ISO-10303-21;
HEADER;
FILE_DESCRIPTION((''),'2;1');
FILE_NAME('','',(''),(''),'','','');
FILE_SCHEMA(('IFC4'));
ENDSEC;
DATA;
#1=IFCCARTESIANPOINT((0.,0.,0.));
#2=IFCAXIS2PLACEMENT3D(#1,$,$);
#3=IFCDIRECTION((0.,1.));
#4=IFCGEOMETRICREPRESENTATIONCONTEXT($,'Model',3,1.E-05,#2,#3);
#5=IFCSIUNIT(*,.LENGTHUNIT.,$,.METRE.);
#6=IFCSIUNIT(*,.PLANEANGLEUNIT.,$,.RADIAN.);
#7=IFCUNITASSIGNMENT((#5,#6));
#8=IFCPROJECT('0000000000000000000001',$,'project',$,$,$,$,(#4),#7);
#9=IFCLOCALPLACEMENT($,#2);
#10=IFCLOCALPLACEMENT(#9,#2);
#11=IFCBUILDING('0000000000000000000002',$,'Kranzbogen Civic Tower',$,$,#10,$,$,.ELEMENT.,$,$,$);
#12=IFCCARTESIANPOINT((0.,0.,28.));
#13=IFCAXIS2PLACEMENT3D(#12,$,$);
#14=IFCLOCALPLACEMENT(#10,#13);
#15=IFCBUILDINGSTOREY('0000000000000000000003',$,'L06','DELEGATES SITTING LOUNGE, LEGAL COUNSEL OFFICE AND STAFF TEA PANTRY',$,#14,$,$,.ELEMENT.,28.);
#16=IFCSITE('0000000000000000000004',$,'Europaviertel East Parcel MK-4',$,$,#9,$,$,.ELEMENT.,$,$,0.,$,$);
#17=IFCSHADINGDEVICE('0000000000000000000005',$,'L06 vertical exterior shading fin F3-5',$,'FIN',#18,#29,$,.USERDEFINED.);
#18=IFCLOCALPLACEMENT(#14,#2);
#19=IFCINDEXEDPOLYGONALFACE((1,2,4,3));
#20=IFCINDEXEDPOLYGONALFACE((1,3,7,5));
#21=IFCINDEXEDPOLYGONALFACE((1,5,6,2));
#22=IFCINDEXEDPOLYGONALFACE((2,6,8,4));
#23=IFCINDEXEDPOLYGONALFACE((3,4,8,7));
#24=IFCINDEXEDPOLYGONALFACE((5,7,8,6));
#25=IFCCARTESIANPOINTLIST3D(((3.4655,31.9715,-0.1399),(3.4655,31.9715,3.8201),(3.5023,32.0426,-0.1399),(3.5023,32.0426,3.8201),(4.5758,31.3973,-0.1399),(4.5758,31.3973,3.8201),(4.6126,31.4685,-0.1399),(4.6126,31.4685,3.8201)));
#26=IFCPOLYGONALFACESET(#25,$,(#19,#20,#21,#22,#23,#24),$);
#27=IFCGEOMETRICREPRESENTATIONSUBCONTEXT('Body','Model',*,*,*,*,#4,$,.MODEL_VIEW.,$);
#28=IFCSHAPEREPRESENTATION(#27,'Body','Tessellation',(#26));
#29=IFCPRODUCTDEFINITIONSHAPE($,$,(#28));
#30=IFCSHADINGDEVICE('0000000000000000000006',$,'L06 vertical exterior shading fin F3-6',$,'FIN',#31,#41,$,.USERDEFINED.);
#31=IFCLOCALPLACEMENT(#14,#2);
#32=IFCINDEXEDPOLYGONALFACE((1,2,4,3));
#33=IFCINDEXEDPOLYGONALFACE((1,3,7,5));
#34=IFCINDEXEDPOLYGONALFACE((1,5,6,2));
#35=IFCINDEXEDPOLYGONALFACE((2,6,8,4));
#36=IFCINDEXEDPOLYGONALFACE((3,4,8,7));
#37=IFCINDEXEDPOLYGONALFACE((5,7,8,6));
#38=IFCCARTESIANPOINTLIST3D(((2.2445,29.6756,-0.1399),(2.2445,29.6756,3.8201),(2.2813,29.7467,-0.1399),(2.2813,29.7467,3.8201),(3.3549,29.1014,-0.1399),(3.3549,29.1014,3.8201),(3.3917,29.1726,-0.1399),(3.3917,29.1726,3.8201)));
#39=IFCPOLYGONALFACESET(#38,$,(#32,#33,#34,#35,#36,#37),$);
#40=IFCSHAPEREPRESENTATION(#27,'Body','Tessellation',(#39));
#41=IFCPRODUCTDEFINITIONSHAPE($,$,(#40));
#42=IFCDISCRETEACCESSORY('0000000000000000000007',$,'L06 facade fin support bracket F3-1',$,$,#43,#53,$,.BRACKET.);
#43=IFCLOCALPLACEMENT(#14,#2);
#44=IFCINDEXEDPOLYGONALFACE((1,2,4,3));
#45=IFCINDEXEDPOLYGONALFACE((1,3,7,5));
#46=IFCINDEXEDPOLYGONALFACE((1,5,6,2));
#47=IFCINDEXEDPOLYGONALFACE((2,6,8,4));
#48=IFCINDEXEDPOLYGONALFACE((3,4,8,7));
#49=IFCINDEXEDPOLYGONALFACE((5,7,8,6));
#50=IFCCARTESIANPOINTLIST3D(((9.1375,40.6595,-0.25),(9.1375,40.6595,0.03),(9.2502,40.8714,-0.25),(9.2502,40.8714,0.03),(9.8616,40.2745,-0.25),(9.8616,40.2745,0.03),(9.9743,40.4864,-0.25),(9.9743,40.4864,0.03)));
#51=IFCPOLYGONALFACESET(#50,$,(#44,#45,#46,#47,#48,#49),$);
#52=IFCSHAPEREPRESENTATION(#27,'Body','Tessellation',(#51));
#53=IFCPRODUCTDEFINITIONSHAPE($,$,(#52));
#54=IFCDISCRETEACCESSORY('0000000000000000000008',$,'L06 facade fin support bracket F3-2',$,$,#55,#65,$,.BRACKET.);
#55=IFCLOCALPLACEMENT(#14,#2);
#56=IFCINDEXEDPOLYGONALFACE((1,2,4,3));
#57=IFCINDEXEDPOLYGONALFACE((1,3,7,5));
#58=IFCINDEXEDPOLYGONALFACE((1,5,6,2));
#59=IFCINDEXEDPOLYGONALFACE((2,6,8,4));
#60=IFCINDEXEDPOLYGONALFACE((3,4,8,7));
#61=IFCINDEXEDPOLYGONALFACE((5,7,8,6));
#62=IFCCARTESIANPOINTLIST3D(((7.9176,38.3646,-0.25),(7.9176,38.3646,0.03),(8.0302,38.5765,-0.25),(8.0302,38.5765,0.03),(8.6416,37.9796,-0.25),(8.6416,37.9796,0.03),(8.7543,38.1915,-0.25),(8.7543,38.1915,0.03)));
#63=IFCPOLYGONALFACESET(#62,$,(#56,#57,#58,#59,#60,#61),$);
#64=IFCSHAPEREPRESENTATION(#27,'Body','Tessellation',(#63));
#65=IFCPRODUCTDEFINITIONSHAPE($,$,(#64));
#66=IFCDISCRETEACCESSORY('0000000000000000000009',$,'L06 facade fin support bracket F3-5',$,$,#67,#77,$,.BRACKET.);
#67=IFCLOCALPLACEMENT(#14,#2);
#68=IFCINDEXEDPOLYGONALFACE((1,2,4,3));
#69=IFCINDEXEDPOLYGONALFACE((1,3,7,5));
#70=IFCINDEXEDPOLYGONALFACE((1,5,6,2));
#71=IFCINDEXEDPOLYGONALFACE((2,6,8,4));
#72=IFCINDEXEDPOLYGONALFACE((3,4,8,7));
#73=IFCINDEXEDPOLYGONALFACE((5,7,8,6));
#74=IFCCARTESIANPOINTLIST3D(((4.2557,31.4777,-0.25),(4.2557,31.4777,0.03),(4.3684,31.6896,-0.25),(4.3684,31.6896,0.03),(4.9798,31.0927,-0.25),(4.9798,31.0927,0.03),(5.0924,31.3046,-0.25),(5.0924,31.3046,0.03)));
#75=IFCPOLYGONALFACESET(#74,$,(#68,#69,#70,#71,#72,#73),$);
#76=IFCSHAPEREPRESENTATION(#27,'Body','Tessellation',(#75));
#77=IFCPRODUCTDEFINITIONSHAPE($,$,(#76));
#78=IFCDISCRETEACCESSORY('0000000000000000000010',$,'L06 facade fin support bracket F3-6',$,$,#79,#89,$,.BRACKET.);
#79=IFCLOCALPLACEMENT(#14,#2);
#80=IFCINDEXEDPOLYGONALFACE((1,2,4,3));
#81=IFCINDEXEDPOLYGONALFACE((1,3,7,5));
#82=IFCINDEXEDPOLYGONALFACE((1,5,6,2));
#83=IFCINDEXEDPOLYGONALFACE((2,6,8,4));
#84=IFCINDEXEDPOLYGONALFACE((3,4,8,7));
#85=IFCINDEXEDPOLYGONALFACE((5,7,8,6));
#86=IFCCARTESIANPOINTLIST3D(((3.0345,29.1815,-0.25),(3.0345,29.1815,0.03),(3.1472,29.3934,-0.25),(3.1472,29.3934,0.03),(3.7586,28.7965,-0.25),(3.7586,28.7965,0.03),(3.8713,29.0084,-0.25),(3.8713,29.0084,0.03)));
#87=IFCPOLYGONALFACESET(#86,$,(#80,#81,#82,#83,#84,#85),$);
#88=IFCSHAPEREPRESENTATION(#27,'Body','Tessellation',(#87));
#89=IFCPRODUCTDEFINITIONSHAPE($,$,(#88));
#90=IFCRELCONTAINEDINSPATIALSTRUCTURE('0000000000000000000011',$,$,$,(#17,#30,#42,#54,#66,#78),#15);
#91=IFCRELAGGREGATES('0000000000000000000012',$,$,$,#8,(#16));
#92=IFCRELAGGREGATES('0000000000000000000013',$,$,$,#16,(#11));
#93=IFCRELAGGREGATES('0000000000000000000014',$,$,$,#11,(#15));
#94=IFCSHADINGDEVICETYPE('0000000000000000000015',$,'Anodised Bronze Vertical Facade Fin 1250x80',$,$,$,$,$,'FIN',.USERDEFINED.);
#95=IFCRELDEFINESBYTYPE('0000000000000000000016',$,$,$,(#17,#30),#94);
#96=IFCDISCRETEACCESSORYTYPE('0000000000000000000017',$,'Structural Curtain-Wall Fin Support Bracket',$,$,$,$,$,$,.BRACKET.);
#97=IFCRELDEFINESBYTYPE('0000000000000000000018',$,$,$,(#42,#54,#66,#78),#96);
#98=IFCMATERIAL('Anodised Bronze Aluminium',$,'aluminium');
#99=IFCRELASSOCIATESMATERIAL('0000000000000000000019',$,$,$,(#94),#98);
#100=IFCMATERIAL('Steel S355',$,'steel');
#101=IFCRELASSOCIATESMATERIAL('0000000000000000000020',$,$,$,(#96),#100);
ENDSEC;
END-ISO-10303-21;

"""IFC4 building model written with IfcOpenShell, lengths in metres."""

from ifc_helpers import new_model, si_unit, direction, frame, origin, origin_2d, place, context, subcontext, project, spatial, rectangle, extrude, material, type_object, element, save


model = new_model("IFC4")

# Units and contexts
model_context = context("Model", 3, precision=1e-05, world=origin(), true_north=direction((0.0, 1.0)))
body_context = subcontext(model_context, "Body", "Model", "MODEL_VIEW")
ifc_project = project(units=[si_unit("LENGTHUNIT", "METRE"), si_unit("PLANEANGLEUNIT", "RADIAN")], contexts=[model_context])

# Site, building, storey
site_placement = place(None, origin())
site = spatial("IfcSite", under=ifc_project, at=site_placement, Name="Europaviertel East Parcel MK-4", CompositionType="ELEMENT", RefElevation=0.0)
building_placement = place(site_placement, origin())
building = spatial("IfcBuilding", under=site, at=building_placement, Name="Kranzbogen Civic Tower", CompositionType="ELEMENT")
storey_placement = place(building_placement, frame((0.0, 0.0, 28.0)))
storey = spatial("IfcBuildingStorey", under=building, at=storey_placement, Name="L06", Description="DELEGATES SITTING LOUNGE, LEGAL COUNSEL OFFICE AND STAFF TEA PANTRY", CompositionType="ELEMENT", Elevation=28.0)

# Shared definitions
ifc_material_1 = material(Name="Steel S355", Category="steel")

# Shading devices
ifc_material_2 = material(Name="Anodised Bronze Aluminium", Category="aluminium")
shading_device_type = type_object("IfcShadingDeviceType", Name="Anodised Bronze Vertical Facade Fin 1250x80", ElementType="FIN", PredefinedType="USERDEFINED", material=ifc_material_2)
for number, where, z_axis, x_axis, name in (
    (1, (4.0391, 31.72, -0.1399), (0.0, 0.0, 1.0), (-0.888281, 0.459301, 0.0), "L06 vertical exterior shading fin F3-5"),
    (2, (2.8181, 29.4241, -0.1399), (0.0, 0.0, 1.0), (-0.888281, 0.459301, 0.0), "L06 vertical exterior shading fin F3-6"),
):
    element("IfcShadingDevice", number, at=place(storey_placement, frame(where, z_axis=z_axis, x_axis=x_axis)), inside=storey, type_object=shading_device_type, Name=name, ObjectType="FIN", PredefinedType="USERDEFINED", context=body_context, shape_type="SweptSolid", body=[
        extrude(rectangle(XDim=1.25, YDim=0.0801, at=origin_2d()), origin(), (0.0, 0.0, 1.0), 3.96),
    ])

# Discrete accessories
discrete_accessory_type = type_object("IfcDiscreteAccessoryType", Name="Structural Curtain-Wall Fin Support Bracket", PredefinedType="BRACKET", material=ifc_material_1)
for number, where, z_axis, x_axis, name in (
    (3, (9.5559, 40.573, -0.25), (0.0, 0.0, 1.0), (-0.882948, 0.469472, 0.0), "L06 facade fin support bracket F3-1"),
    (4, (8.3359, 38.2781, -0.25), (0.0, 0.0, 1.0), (-0.882948, 0.469472, 0.0), "L06 facade fin support bracket F3-2"),
    (5, (4.6741, 31.3911, -0.25), (0.0, 0.0, 1.0), (-0.882948, 0.469472, 0.0), "L06 facade fin support bracket F3-5"),
    (6, (3.4529, 29.095, -0.25), (0.0, 0.0, 1.0), (-0.882948, 0.469472, 0.0), "L06 facade fin support bracket F3-6"),
):
    element("IfcDiscreteAccessory", number, at=place(storey_placement, frame(where, z_axis=z_axis, x_axis=x_axis)), inside=storey, type_object=discrete_accessory_type, Name=name, PredefinedType="BRACKET", context=body_context, shape_type="SweptSolid", body=[
        extrude(rectangle(XDim=0.8201, YDim=0.24, at=origin_2d()), origin(), (0.0, 0.0, 1.0), 0.28),
    ])

save(model, "model.ifc")
